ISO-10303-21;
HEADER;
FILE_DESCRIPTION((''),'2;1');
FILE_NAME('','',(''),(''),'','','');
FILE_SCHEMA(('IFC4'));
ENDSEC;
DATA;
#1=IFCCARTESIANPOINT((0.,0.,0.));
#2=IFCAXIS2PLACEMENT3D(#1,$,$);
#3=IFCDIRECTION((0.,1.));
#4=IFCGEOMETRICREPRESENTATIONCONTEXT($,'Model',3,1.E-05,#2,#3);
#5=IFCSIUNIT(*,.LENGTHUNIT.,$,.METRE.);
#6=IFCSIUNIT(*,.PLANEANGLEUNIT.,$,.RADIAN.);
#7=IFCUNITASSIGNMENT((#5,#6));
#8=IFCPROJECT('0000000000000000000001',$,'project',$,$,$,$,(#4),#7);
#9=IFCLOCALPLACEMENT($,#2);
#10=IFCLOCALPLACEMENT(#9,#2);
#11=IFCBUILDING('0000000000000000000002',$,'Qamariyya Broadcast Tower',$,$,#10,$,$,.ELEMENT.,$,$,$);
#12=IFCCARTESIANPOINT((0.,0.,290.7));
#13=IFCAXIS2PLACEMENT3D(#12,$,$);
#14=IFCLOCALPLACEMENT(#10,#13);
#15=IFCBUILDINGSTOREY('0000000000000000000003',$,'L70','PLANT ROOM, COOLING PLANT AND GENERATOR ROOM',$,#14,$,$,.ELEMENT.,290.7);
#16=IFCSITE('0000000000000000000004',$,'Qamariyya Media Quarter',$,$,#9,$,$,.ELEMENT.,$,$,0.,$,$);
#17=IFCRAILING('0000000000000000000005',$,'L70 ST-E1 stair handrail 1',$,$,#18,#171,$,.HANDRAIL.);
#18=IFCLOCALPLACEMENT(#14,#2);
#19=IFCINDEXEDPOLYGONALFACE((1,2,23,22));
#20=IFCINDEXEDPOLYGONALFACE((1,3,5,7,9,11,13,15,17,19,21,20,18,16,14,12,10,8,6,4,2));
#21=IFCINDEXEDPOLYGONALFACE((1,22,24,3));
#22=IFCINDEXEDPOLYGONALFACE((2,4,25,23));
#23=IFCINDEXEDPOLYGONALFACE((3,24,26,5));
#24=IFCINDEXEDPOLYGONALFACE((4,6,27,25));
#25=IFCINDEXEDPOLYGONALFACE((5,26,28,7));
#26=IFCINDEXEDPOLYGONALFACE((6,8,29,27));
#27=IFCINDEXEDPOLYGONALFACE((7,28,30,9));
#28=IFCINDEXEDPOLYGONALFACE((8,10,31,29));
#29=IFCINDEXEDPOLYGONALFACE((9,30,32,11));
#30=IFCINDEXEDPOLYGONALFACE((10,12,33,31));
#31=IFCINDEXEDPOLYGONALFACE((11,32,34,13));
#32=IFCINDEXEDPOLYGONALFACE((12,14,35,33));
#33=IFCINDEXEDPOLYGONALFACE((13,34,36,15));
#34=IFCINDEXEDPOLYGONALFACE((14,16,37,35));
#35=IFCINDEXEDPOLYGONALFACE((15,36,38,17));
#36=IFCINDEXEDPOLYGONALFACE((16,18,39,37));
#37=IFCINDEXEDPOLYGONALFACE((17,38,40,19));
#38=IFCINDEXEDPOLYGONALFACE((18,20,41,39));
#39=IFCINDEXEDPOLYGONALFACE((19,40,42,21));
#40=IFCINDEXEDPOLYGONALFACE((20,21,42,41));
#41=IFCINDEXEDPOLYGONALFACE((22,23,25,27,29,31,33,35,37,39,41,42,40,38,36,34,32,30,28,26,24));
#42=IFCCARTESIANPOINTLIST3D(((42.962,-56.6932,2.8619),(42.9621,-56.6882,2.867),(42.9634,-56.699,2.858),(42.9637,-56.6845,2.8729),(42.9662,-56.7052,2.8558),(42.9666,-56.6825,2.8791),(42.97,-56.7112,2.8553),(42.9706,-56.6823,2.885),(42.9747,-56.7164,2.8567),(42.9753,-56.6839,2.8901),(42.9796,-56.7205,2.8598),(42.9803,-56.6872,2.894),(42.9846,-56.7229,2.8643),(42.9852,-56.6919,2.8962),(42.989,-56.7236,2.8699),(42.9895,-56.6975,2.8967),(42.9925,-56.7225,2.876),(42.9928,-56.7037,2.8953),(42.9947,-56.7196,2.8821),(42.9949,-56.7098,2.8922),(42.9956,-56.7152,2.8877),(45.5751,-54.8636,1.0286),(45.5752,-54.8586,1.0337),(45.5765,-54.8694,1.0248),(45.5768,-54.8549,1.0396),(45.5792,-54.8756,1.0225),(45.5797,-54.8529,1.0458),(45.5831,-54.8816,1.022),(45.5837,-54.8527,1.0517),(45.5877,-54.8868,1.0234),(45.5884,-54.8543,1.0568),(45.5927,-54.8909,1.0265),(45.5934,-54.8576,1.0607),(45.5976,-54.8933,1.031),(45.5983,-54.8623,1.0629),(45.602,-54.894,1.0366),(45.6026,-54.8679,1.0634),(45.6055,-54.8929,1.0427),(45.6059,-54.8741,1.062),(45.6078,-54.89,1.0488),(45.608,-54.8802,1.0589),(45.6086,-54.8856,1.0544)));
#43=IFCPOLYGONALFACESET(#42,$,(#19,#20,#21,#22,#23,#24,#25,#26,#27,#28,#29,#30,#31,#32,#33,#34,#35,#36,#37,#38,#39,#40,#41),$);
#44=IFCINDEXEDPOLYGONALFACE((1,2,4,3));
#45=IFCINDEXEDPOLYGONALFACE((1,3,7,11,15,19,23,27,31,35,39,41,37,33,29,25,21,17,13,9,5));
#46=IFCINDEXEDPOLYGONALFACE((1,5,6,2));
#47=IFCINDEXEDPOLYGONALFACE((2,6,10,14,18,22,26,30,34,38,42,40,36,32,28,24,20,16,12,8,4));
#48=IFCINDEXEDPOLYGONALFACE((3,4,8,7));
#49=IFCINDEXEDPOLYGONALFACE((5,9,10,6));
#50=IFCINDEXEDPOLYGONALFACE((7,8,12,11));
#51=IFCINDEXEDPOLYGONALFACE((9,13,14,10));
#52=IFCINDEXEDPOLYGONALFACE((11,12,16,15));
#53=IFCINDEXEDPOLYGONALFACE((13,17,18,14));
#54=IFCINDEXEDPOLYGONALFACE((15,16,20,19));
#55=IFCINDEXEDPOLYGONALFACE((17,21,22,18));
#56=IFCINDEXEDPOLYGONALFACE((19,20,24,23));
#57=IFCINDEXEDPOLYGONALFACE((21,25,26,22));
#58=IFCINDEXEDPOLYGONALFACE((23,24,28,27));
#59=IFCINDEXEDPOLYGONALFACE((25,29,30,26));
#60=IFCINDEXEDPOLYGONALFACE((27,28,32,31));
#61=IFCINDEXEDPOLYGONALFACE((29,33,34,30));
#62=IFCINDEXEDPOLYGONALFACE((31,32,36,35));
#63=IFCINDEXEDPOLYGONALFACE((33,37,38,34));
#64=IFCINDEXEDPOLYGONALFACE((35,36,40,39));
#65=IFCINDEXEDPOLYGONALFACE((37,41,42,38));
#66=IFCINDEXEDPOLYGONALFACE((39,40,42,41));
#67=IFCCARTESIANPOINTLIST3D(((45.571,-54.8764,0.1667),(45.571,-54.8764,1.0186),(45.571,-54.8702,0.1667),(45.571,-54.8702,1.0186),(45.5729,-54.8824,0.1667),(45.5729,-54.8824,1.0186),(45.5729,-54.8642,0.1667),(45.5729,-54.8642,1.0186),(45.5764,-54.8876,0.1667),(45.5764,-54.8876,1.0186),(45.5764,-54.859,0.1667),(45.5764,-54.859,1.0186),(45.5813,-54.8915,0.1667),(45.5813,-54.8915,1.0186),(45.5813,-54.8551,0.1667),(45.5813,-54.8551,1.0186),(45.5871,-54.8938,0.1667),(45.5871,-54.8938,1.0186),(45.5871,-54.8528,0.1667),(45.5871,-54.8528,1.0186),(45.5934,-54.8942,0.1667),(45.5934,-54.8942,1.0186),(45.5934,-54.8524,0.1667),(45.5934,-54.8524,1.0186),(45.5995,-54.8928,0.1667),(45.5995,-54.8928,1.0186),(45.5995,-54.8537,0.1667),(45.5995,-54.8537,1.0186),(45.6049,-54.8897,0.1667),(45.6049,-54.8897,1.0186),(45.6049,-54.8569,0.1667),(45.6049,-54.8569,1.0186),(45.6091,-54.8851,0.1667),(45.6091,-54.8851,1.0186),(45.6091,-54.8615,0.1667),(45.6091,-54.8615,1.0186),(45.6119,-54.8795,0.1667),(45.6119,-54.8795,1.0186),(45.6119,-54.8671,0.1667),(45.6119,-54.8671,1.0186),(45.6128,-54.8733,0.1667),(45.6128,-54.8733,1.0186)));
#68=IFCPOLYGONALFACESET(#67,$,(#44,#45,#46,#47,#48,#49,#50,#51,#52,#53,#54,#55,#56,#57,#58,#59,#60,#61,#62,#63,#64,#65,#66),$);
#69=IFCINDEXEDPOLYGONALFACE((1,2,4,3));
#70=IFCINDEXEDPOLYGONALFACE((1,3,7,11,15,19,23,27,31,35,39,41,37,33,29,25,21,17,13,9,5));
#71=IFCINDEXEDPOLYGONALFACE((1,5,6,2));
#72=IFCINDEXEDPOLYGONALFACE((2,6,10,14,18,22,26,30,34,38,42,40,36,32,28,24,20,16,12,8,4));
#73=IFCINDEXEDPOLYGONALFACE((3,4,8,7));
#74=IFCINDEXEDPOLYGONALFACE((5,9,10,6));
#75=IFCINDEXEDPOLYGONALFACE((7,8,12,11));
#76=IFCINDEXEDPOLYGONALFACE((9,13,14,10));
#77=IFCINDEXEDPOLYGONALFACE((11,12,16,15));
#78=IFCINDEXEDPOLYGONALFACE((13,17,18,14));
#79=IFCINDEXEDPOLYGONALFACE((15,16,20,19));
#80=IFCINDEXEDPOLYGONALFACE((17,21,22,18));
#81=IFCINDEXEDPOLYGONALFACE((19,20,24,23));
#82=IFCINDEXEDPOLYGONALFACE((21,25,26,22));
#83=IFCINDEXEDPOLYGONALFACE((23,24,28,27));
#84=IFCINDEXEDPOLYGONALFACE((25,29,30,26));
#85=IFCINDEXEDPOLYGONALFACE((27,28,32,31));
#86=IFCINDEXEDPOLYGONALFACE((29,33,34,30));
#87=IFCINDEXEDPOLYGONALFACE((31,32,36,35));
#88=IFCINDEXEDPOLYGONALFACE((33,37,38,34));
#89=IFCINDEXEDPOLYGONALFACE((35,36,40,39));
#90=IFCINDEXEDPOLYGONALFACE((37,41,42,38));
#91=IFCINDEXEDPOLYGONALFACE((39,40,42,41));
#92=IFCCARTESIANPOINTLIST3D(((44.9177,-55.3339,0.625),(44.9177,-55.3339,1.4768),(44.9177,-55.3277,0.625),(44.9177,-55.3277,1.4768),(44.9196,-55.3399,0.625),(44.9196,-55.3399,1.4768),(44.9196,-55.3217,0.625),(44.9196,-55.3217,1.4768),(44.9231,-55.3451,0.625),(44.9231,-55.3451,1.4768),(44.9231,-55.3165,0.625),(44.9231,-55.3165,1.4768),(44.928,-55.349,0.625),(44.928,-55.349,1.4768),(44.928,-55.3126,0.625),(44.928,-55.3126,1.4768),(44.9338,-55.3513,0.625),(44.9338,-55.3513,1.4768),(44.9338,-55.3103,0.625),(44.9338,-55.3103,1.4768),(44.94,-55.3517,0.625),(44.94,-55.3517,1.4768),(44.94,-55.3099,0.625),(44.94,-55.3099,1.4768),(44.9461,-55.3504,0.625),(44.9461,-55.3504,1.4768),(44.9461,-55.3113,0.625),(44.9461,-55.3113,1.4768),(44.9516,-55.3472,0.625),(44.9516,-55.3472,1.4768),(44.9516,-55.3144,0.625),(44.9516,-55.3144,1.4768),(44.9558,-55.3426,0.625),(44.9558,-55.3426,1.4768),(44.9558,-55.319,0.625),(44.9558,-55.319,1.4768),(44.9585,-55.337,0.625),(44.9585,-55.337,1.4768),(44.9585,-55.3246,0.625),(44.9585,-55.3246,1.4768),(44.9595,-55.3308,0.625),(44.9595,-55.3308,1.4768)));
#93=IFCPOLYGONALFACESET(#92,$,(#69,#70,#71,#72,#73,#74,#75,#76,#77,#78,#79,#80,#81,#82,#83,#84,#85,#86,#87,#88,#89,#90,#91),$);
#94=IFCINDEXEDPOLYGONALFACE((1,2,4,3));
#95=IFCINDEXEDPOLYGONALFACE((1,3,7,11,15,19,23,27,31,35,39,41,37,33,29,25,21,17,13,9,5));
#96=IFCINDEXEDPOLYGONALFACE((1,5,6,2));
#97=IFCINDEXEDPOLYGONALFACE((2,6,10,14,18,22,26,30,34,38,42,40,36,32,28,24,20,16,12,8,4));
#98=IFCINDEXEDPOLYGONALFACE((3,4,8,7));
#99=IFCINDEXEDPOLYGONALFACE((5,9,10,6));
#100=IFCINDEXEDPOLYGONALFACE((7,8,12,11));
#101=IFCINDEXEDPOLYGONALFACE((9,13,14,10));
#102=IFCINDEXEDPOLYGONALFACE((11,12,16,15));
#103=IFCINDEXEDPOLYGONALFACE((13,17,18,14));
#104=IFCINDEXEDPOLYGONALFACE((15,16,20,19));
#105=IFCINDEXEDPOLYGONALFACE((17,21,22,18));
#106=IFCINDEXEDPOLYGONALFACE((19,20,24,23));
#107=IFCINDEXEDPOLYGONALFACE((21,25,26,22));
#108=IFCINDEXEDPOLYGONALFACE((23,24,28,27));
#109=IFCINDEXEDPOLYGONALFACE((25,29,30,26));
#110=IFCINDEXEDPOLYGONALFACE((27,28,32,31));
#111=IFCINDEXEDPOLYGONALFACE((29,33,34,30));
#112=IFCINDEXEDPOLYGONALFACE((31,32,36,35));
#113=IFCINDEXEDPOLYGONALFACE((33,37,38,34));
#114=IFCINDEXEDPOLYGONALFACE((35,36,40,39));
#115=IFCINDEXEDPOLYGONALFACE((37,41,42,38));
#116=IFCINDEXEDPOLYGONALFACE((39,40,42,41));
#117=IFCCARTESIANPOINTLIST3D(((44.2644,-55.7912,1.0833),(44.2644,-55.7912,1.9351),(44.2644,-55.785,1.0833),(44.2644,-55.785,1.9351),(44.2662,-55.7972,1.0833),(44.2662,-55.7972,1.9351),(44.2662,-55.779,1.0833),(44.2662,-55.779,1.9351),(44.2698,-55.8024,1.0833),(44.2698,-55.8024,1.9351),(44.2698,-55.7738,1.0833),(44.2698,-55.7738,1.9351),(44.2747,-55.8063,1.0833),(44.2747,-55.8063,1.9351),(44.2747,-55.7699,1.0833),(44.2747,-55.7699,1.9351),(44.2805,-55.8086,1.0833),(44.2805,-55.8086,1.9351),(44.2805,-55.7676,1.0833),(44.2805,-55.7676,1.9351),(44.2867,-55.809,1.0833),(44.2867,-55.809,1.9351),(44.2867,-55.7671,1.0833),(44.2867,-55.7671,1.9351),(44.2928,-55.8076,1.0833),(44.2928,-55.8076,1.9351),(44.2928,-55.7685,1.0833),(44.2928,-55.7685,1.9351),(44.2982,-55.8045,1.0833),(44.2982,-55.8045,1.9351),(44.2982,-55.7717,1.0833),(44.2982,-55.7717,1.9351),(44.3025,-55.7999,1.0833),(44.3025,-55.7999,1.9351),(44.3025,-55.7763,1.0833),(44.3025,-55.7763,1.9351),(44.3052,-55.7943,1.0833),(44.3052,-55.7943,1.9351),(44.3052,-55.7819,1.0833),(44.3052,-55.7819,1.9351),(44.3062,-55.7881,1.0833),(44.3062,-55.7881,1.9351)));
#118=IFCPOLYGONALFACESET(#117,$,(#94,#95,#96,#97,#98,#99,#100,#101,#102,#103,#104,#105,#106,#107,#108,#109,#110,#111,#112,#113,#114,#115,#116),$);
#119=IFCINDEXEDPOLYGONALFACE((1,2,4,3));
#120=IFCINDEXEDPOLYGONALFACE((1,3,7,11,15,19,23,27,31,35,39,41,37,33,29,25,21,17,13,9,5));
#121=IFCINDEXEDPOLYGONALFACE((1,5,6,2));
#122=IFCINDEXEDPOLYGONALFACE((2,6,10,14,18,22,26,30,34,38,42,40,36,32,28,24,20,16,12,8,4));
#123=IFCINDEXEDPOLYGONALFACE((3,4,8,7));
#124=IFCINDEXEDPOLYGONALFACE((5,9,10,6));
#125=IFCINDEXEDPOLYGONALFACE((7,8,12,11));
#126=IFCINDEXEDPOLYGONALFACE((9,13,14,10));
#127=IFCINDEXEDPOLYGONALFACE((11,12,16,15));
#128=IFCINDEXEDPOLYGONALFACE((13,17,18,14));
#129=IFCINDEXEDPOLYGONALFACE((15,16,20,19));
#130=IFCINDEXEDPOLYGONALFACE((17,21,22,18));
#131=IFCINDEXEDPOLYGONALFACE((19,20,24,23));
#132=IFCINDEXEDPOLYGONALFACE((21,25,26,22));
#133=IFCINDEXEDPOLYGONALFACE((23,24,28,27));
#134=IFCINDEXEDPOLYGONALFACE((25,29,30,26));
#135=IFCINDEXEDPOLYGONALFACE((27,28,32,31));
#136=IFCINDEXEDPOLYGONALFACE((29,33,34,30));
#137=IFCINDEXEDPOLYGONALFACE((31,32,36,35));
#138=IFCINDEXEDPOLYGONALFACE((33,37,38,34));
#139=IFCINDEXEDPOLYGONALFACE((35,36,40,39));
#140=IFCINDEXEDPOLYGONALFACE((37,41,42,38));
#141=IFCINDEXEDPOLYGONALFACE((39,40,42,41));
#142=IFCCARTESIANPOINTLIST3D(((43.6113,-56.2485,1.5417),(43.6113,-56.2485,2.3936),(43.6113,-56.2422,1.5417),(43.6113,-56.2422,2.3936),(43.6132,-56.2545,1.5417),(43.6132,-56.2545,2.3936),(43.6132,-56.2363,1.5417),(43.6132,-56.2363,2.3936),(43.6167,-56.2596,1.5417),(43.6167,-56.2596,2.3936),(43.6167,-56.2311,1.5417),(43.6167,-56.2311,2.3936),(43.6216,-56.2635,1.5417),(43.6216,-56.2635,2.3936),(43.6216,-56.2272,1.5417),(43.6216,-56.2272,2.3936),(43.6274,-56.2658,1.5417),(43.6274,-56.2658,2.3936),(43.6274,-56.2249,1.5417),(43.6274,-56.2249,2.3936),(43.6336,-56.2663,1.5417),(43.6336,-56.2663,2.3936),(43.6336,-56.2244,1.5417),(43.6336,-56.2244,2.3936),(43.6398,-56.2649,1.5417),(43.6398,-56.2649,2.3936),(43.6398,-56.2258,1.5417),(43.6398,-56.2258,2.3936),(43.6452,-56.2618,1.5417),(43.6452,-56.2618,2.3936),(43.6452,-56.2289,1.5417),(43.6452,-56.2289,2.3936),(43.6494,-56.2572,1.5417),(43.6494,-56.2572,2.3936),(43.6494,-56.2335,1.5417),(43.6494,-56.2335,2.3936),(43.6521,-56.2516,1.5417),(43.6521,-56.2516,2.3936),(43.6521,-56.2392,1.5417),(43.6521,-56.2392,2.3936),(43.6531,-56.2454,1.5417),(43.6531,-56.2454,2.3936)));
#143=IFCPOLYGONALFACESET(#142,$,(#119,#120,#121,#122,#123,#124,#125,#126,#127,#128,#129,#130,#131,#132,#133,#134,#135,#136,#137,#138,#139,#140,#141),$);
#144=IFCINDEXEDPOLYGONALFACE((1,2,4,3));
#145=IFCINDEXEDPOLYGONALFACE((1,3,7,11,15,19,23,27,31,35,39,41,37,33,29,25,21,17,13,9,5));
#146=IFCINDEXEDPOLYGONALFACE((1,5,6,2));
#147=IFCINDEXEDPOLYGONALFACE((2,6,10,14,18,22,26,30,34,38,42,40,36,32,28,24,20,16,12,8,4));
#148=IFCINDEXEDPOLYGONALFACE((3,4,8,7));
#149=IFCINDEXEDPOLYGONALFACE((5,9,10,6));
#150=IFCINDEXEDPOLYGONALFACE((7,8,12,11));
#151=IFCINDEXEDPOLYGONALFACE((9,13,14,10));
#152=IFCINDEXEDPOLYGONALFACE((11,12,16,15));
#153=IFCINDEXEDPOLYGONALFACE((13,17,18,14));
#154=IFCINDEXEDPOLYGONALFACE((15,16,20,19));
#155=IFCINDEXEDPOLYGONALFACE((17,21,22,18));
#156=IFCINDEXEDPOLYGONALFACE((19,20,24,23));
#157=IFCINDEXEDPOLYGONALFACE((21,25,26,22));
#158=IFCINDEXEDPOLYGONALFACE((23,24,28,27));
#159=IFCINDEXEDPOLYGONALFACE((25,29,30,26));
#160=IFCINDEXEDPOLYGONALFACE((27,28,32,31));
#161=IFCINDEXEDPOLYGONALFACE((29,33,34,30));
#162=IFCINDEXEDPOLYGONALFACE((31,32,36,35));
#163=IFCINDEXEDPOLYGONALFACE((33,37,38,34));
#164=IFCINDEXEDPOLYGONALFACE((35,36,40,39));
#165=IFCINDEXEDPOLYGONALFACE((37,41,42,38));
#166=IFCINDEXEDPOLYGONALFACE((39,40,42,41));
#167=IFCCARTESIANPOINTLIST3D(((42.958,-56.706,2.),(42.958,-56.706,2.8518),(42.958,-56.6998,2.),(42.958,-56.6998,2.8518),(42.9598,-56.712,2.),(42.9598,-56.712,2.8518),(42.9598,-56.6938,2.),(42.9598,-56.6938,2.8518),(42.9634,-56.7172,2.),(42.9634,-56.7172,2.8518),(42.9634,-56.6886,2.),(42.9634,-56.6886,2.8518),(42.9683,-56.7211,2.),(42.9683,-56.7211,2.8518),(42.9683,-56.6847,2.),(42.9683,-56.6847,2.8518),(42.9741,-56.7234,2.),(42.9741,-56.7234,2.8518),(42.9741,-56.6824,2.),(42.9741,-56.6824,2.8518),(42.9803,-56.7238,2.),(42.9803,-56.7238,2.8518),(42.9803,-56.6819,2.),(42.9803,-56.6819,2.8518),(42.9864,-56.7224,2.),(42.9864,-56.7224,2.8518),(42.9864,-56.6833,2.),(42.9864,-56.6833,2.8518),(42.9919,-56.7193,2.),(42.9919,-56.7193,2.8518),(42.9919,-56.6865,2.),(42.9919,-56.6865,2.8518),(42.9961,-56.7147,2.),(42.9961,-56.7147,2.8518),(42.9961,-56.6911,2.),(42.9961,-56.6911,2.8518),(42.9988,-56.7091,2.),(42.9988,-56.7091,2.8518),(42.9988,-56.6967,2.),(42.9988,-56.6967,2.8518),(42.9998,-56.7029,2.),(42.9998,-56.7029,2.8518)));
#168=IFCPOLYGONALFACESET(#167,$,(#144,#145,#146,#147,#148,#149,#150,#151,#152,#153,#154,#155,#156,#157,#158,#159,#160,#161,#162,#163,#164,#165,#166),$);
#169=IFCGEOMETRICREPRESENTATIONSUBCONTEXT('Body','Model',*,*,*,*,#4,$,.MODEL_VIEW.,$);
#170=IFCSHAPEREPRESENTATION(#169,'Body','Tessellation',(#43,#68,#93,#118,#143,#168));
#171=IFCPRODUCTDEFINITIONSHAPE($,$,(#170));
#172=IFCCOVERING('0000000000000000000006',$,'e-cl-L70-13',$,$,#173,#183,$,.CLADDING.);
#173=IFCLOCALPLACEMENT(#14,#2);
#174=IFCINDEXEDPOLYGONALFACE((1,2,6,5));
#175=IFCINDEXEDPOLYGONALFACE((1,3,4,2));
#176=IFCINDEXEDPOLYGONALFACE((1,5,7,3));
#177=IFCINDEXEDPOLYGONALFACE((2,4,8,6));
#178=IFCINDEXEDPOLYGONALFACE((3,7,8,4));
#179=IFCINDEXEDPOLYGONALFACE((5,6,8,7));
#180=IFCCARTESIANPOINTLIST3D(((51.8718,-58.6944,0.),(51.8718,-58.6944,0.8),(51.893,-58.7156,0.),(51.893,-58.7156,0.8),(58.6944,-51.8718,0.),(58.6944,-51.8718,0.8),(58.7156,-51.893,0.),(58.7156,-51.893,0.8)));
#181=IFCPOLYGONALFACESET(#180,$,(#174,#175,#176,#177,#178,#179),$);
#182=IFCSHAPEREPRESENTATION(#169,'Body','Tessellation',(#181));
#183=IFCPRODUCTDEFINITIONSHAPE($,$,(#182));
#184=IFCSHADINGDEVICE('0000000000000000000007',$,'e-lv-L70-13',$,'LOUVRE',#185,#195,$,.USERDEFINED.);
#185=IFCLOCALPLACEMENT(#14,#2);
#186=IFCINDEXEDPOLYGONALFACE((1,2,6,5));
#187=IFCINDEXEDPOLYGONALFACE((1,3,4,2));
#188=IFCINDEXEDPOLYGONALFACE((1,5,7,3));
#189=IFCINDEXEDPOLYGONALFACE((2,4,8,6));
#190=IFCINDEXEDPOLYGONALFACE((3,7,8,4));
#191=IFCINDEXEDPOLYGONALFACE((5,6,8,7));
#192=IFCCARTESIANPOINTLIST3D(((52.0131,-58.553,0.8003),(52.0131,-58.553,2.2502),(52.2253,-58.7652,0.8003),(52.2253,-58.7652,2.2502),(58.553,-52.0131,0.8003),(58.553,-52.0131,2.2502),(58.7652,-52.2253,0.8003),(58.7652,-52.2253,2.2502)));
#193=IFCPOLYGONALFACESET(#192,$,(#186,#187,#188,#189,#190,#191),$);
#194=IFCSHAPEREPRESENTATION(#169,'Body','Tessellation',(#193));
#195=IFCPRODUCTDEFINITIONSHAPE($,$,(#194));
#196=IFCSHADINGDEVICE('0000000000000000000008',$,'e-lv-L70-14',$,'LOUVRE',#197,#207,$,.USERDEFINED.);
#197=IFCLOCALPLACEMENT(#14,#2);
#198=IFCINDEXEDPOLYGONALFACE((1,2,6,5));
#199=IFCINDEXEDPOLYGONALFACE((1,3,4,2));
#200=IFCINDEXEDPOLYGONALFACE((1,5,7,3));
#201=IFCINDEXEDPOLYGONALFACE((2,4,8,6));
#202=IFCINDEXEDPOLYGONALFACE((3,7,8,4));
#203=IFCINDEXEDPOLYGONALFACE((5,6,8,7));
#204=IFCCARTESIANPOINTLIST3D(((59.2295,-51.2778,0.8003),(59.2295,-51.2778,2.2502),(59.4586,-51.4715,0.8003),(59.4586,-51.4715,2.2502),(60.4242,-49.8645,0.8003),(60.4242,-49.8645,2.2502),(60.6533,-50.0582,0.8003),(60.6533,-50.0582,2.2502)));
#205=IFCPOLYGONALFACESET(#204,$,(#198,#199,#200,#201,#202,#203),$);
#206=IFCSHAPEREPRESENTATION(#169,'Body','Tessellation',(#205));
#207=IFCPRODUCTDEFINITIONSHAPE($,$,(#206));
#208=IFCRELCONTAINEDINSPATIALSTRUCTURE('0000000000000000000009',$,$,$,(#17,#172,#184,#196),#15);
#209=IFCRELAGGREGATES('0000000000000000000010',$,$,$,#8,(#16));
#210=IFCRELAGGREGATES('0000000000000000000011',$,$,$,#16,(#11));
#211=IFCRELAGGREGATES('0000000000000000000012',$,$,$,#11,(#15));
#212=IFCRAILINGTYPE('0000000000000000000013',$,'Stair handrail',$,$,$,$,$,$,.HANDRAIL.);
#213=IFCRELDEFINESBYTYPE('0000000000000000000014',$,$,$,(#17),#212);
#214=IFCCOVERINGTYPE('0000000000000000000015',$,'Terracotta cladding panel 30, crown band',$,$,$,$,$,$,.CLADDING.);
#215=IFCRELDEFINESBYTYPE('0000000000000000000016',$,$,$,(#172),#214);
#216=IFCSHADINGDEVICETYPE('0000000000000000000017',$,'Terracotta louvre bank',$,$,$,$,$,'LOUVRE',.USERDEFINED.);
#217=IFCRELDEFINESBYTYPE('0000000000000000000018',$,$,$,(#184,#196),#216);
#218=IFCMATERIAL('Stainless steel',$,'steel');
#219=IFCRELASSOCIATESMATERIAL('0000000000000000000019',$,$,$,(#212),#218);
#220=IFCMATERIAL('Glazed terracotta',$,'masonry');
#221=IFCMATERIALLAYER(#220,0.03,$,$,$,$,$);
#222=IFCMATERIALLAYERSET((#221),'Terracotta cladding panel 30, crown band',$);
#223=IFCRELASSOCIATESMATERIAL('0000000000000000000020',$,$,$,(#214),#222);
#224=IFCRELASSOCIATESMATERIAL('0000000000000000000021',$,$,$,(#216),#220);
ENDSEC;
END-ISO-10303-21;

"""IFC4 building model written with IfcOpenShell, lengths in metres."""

from ifc_helpers import new_model, si_unit, direction, frame, origin, origin_2d, place, context, subcontext, project, spatial, rectangle, circle, extrude, material, layer, layer_set, type_object, element, save


model = new_model("IFC4")

# Units and contexts
model_context = context("Model", 3, precision=1e-05, world=origin(), true_north=direction((0.0, 1.0)))
body_context = subcontext(model_context, "Body", "Model", "MODEL_VIEW")
ifc_project = project(units=[si_unit("LENGTHUNIT", "METRE"), si_unit("PLANEANGLEUNIT", "RADIAN")], contexts=[model_context])

# Site, building, storey
site_placement = place(None, origin())
site = spatial("IfcSite", under=ifc_project, at=site_placement, Name="Qamariyya Media Quarter", CompositionType="ELEMENT", RefElevation=0.0)
building_placement = place(site_placement, origin())
building = spatial("IfcBuilding", under=site, at=building_placement, Name="Qamariyya Broadcast Tower", CompositionType="ELEMENT")
storey_placement = place(building_placement, frame((0.0, 0.0, 290.7)))
storey = spatial("IfcBuildingStorey", under=building, at=storey_placement, Name="L70", Description="PLANT ROOM, COOLING PLANT AND GENERATOR ROOM", CompositionType="ELEMENT", Elevation=290.7)

# Railing
ifc_material_1 = material(Name="Stainless steel", Category="steel")
railing_type_1 = type_object("IfcRailingType", Name="Stair handrail", PredefinedType="HANDRAIL", material=ifc_material_1)
railing_1_placement = place(storey_placement, frame((45.5918, -54.8733, 0.1667)))
element("IfcRailing", 1, at=railing_1_placement, inside=storey, type_object=railing_type_1, Name="L70 ST-E1 stair handrail 1", PredefinedType="HANDRAIL", context=body_context, shape_type="SweptSolid", body=[
    extrude(circle(Radius=0.0239, at=origin_2d()), frame((0.0, 0.0, 0.876), z_axis=(-0.710228, -0.497285, 0.498281), x_axis=(0.57356, -0.819164, 0.0)), (0.0, 0.0, 1.0), 3.6792),
    extrude(circle(Radius=0.021, at=origin_2d()), origin(), (0.0, 0.0, 1.0), 0.8518),
    extrude(circle(Radius=0.021, at=origin_2d()), frame((-0.6533, -0.4575, 0.4583)), (0.0, 0.0, 1.0), 0.8518),
    extrude(circle(Radius=0.021, at=origin_2d()), frame((-1.3066, -0.9148, 0.9165)), (0.0, 0.0, 1.0), 0.8518),
    extrude(circle(Radius=0.021, at=origin_2d()), frame((-1.9597, -1.3721, 1.375)), (0.0, 0.0, 1.0), 0.8518),
    extrude(circle(Radius=0.021, at=origin_2d()), frame((-2.613, -1.8296, 1.8333)), (0.0, 0.0, 1.0), 0.8518),
])

# Covering
ifc_material_2 = material(Name="Glazed terracotta", Category="masonry")
ifc_layer_1 = layer(ifc_material_2, 0.03)
ifc_layer_set_1 = layer_set([ifc_layer_1], Name="Terracotta cladding panel 30, crown band")
covering_type = type_object("IfcCoveringType", Name="Terracotta cladding panel 30, crown band", PredefinedType="CLADDING", material=ifc_layer_set_1)
covering_placement = place(storey_placement, frame((55.2937, -55.2937, 0.0), z_axis=(0.0, 0.0, 1.0), x_axis=(0.707107, 0.707107, 0.0)))
element("IfcCovering", 2, at=covering_placement, inside=storey, type_object=covering_type, Name="e-cl-L70-13", PredefinedType="CLADDING", context=body_context, shape_type="SweptSolid", body=[
    extrude(rectangle(XDim=9.6487, YDim=0.03, at=origin_2d()), origin(), (0.0, 0.0, 1.0), 0.8),
])

# Shading devices
shading_device_type = type_object("IfcShadingDeviceType", Name="Terracotta louvre bank", ElementType="LOUVRE", PredefinedType="USERDEFINED", material=ifc_material_2)
shading_device_1_placement = place(storey_placement, frame((55.3892, -55.3892, 0.8003), z_axis=(0.0, 0.0, 1.0), x_axis=(0.707107, 0.707107, 0.0)))
element("IfcShadingDevice", 3, at=shading_device_1_placement, inside=storey, type_object=shading_device_type, Name="e-lv-L70-13", ObjectType="LOUVRE", PredefinedType="USERDEFINED", context=body_context, shape_type="SweptSolid", body=[
    extrude(rectangle(XDim=9.2488, YDim=0.3, at=origin_2d()), origin(), (0.0, 0.0, 1.0), 1.45),
])
shading_device_2_placement = place(storey_placement, frame((59.9414, -50.668, 0.8003), z_axis=(0.0, 0.0, 1.0), x_axis=(0.64556, 0.76371, 0.0)))
element("IfcShadingDevice", 4, at=shading_device_2_placement, inside=storey, type_object=shading_device_type, Name="e-lv-L70-14", ObjectType="LOUVRE", PredefinedType="USERDEFINED", context=body_context, shape_type="SweptSolid", body=[
    extrude(rectangle(XDim=1.8506, YDim=0.3, at=origin_2d()), origin(), (0.0, 0.0, 1.0), 1.45),
])

save(model, "model.ifc")
